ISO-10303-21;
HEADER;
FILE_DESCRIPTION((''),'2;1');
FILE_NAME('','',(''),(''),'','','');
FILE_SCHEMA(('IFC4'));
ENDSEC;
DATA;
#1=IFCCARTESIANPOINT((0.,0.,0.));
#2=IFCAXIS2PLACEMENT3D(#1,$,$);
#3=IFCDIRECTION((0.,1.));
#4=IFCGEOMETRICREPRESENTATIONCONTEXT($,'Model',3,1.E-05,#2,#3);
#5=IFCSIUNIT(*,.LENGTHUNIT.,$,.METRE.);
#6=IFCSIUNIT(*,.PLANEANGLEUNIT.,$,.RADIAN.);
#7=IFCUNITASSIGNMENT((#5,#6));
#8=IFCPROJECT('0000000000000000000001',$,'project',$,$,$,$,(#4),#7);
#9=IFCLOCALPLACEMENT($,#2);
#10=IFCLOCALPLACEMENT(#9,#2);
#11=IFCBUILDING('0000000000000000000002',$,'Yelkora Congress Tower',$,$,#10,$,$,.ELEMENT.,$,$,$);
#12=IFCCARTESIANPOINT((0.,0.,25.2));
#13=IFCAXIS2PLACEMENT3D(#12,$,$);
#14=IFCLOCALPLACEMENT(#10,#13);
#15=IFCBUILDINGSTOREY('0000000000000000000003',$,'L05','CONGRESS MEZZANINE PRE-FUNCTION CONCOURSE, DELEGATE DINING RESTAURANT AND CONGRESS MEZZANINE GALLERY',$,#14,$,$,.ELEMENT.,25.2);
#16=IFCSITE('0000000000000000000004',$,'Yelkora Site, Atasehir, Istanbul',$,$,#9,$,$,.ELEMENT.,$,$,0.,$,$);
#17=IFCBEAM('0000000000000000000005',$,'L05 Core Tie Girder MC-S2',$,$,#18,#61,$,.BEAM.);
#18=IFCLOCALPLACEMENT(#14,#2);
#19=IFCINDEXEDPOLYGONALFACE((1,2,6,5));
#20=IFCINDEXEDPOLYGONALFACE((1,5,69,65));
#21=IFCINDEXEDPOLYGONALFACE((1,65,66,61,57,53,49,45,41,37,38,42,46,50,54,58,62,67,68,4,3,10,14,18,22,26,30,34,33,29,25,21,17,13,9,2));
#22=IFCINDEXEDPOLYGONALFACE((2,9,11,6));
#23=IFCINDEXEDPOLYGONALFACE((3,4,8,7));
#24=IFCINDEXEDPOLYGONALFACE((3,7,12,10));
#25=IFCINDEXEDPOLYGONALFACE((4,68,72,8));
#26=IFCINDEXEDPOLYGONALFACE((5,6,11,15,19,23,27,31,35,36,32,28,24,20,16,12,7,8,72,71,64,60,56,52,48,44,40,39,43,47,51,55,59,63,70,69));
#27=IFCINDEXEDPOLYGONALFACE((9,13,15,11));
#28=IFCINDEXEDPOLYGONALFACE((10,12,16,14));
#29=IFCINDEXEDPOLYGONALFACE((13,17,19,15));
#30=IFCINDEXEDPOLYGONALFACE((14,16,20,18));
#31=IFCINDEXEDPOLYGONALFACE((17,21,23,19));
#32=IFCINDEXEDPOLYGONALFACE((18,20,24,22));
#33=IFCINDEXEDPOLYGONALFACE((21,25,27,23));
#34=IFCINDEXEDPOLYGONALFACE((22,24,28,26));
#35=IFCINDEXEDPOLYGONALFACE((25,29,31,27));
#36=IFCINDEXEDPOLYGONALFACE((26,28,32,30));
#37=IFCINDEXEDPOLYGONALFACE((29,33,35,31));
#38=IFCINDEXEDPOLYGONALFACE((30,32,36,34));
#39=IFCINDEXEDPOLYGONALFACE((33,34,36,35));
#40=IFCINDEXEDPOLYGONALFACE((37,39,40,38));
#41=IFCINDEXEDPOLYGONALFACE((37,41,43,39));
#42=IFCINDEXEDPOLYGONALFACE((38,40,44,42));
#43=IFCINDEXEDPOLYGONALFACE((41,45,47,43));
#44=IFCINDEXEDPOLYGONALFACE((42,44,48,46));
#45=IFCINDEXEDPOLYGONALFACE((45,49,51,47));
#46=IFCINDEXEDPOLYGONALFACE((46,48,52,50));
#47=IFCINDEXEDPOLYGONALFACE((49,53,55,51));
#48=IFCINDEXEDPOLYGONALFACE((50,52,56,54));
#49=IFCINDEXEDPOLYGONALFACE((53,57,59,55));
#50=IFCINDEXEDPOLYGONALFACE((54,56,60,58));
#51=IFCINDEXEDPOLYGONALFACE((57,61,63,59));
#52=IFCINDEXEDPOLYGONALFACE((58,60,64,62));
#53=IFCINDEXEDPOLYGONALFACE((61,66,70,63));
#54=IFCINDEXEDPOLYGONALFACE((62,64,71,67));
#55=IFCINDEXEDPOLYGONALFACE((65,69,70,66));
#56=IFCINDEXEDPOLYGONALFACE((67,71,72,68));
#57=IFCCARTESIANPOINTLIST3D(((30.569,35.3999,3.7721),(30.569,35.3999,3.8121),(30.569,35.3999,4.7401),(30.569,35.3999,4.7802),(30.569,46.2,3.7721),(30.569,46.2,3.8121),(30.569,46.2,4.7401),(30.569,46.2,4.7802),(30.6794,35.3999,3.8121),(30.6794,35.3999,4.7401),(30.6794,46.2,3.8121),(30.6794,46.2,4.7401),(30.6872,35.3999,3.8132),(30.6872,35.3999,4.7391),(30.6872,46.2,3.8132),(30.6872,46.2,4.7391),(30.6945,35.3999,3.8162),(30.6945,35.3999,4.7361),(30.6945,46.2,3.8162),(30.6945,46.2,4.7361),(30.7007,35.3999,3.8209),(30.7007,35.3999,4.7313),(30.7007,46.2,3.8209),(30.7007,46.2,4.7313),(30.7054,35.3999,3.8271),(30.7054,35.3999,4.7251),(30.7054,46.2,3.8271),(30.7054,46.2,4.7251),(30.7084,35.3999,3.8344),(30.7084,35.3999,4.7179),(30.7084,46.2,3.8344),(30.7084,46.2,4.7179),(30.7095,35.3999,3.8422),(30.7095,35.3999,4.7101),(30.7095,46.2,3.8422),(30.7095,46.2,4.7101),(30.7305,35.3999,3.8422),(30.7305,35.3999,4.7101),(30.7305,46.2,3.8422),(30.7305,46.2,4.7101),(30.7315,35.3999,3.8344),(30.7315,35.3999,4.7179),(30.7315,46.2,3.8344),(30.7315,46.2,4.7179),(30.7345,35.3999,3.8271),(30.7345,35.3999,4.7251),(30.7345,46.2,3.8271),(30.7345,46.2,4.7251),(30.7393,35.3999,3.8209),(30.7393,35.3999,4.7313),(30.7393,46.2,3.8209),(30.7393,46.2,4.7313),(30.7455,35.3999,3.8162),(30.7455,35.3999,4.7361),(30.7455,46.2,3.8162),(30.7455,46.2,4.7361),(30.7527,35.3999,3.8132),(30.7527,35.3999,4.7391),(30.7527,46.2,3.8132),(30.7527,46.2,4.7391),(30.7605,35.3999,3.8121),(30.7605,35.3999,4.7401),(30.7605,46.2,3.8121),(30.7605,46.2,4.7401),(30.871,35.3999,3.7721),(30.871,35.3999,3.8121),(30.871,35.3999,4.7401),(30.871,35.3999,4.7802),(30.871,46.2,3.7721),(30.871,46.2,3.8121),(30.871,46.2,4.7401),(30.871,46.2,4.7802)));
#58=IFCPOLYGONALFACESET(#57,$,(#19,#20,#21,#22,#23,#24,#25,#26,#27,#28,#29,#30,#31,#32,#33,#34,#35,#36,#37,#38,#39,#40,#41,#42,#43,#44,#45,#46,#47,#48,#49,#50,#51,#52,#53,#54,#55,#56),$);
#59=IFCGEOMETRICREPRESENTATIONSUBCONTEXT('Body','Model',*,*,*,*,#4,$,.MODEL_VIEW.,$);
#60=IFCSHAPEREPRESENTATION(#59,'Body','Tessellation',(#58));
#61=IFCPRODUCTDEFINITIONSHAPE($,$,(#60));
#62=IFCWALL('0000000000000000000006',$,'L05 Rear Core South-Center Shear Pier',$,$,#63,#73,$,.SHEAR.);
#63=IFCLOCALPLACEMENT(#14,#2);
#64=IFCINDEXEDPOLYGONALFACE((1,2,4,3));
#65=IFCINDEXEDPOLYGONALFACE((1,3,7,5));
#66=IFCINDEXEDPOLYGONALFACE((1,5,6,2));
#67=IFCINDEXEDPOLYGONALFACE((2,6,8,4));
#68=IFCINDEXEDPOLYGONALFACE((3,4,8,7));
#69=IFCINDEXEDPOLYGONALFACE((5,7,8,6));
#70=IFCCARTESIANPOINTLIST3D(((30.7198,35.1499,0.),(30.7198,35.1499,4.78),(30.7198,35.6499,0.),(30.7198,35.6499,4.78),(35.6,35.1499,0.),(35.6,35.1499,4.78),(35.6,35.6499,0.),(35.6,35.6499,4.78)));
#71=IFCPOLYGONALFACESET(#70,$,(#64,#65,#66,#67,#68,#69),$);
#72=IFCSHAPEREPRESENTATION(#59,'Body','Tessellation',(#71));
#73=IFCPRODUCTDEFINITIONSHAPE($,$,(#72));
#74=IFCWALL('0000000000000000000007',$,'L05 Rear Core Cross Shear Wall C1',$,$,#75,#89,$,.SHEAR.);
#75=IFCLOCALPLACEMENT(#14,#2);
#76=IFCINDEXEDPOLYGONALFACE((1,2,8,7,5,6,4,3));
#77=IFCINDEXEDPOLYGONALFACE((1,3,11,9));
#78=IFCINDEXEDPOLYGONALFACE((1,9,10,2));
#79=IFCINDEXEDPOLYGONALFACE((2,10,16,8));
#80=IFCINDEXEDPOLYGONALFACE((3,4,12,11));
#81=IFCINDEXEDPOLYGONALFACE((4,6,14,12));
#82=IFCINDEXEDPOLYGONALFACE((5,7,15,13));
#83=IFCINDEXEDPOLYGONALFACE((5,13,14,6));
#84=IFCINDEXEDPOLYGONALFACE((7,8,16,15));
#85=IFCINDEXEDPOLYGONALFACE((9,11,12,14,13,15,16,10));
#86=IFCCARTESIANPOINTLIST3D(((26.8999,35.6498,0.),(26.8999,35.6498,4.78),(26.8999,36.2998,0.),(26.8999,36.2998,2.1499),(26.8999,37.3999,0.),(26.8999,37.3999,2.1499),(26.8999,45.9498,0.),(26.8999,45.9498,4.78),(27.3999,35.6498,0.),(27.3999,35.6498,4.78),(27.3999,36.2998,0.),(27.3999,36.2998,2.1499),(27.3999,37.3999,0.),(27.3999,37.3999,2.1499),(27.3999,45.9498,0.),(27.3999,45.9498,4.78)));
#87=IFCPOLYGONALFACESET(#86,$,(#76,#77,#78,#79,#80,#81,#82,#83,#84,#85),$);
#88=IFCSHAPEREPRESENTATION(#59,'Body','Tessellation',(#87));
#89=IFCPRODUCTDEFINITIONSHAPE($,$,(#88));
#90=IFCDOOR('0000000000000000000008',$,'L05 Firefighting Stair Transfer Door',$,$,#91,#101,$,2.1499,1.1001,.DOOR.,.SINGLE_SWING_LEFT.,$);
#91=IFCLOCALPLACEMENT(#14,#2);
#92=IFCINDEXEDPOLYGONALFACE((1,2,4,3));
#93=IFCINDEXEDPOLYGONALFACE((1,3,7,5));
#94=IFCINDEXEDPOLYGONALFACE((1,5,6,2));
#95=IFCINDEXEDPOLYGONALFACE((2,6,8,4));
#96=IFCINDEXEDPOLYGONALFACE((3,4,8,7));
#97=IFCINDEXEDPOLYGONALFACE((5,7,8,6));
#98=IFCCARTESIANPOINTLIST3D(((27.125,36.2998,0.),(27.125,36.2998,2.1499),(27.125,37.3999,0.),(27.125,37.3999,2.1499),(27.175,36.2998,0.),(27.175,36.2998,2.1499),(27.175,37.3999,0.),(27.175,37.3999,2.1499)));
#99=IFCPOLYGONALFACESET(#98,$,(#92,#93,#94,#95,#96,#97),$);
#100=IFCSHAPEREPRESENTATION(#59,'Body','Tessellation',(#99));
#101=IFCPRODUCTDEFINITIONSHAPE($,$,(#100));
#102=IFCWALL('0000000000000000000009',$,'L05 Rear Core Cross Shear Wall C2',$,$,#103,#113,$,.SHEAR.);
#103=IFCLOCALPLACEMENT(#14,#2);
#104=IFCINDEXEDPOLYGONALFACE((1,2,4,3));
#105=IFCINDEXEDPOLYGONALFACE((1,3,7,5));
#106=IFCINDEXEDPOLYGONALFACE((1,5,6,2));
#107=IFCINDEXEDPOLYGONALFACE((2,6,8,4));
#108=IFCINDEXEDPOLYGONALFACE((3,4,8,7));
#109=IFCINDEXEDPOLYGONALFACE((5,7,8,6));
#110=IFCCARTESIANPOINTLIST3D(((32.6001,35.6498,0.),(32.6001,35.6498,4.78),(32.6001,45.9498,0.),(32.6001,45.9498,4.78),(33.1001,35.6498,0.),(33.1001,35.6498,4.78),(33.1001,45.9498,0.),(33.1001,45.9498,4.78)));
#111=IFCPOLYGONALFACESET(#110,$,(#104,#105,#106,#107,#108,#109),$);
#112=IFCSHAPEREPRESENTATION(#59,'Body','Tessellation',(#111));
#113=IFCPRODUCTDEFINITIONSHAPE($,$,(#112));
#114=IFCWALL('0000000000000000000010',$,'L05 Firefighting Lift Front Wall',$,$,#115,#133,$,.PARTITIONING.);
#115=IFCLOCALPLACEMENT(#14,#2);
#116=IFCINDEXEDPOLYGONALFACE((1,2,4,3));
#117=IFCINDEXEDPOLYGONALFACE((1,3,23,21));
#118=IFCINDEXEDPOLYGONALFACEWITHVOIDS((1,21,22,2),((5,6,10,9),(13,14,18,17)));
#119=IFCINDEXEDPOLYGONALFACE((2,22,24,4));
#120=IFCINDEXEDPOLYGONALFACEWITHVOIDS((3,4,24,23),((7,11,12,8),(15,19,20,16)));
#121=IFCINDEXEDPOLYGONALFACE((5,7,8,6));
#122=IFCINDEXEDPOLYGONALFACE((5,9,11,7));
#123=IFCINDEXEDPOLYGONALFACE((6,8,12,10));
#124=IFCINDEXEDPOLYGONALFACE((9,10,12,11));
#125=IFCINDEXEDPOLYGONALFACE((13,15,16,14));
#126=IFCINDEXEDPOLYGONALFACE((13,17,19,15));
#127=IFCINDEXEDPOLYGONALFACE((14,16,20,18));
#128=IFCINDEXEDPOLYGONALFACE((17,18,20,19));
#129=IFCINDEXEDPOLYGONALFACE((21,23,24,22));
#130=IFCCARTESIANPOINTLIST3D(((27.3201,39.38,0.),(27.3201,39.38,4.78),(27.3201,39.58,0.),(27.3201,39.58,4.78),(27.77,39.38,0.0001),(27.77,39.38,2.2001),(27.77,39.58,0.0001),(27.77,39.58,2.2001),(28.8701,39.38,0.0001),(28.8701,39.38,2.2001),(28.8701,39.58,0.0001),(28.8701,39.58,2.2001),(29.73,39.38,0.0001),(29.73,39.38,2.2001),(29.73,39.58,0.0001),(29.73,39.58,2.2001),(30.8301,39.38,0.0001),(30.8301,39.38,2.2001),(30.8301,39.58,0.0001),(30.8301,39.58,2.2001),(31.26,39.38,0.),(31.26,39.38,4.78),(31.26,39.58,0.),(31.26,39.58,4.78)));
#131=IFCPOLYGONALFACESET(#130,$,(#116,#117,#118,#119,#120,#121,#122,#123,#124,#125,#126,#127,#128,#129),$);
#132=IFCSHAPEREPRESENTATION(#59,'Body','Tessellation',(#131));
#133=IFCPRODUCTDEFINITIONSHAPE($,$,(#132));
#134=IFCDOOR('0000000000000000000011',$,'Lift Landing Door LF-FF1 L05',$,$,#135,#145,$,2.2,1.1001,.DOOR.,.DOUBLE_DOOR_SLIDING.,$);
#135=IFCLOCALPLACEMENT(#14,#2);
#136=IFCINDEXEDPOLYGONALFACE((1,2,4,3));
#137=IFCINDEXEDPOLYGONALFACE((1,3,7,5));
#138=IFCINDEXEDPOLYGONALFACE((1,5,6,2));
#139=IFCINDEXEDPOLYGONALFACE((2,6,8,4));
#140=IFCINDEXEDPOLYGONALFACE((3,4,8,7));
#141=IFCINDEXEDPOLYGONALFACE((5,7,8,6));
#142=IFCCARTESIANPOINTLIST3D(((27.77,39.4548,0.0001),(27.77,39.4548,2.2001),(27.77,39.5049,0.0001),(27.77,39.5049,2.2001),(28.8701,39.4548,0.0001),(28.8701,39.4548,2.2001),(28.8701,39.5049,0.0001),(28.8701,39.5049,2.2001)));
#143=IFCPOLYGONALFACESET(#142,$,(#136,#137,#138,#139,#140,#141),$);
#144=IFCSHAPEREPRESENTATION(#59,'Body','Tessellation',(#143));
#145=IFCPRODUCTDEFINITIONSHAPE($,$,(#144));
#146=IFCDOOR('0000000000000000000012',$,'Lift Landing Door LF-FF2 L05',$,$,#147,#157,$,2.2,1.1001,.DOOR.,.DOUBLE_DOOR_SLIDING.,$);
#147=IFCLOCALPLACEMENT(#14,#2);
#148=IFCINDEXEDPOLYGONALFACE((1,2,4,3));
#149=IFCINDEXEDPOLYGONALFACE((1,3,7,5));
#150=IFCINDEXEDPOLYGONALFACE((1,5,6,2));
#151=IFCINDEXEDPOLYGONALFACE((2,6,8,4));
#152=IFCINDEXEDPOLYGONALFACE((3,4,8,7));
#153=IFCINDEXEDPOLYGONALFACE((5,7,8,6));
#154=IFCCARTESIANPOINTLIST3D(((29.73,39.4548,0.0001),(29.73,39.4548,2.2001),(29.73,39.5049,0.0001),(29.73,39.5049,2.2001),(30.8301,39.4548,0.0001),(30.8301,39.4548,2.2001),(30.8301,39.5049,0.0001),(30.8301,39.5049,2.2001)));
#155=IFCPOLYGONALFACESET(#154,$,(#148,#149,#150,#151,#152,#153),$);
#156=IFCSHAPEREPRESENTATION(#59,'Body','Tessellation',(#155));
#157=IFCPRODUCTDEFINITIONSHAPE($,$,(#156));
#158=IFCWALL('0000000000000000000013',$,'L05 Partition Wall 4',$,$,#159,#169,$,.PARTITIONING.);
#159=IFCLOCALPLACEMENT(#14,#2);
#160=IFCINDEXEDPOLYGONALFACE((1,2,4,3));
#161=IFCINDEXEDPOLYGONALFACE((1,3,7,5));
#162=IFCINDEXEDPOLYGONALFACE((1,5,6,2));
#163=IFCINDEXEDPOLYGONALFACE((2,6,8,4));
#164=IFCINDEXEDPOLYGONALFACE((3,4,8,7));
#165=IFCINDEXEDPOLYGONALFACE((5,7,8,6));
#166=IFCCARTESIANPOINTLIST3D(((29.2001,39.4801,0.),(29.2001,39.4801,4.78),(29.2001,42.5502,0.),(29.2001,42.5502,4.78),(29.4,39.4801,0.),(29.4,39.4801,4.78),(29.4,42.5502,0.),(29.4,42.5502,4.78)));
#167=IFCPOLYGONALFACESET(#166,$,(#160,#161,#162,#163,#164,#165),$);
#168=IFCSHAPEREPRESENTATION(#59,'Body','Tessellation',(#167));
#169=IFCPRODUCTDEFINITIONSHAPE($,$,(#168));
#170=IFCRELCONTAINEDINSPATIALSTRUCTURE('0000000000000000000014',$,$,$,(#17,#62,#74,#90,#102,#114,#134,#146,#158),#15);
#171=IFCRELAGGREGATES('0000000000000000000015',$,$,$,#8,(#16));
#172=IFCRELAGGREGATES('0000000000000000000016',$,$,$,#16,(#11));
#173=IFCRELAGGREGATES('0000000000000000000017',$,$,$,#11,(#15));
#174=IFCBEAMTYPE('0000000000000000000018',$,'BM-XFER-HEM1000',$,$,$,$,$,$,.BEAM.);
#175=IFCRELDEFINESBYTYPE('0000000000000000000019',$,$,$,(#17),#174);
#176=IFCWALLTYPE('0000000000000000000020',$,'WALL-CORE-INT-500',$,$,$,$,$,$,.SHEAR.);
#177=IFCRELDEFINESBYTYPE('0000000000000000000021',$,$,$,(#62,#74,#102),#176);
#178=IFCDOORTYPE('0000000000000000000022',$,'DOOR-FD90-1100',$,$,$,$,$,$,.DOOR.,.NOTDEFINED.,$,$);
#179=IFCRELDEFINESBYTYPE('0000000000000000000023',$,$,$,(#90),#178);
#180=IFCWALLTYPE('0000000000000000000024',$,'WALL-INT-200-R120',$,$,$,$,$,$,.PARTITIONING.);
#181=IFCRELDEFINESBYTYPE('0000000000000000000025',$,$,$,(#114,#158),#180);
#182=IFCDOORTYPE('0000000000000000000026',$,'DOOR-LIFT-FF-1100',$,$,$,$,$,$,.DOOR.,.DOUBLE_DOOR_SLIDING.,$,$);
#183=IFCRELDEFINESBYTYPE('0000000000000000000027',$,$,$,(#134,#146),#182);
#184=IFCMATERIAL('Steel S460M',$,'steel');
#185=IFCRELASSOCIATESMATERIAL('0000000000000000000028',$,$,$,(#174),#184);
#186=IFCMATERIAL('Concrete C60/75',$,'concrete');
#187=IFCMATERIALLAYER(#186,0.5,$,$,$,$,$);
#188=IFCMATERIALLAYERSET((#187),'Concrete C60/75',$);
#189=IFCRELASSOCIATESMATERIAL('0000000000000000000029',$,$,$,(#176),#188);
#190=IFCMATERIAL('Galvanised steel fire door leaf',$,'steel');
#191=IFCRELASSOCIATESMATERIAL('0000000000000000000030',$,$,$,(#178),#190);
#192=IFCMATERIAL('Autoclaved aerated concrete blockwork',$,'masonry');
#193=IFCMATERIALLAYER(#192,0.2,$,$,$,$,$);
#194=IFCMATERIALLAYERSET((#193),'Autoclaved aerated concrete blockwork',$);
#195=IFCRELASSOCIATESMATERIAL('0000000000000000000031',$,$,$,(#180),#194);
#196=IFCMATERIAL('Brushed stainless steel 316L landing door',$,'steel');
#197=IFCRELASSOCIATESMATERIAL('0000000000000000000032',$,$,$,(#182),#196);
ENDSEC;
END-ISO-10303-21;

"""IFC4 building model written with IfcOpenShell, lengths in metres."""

from ifc_helpers import new_model, si_unit, direction, frame, frame_2d, origin, origin_2d, place, context, subcontext, project, spatial, rectangle, i_section, extrude, material, layer, layer_set, material_profile, profile_set, type_object, element, fill, save


model = new_model("IFC4")

# Units and contexts
model_context = context("Model", 3, precision=1e-05, world=origin(), true_north=direction((0.0, 1.0)))
body_context = subcontext(model_context, "Body", "Model", "MODEL_VIEW")
ifc_project = project(units=[si_unit("LENGTHUNIT", "METRE"), si_unit("PLANEANGLEUNIT", "RADIAN")], contexts=[model_context])

# Site, building, storey
site_placement = place(None, origin())
site = spatial("IfcSite", under=ifc_project, at=site_placement, Name="Yelkora Site, Atasehir, Istanbul", CompositionType="ELEMENT", RefElevation=0.0)
building_placement = place(site_placement, origin())
building = spatial("IfcBuilding", under=site, at=building_placement, Name="Yelkora Congress Tower", CompositionType="ELEMENT")
storey_placement = place(building_placement, frame((0.0, 0.0, 25.2)))
storey = spatial("IfcBuildingStorey", under=building, at=storey_placement, Name="L05", Description="CONGRESS MEZZANINE PRE-FUNCTION CONCOURSE, DELEGATE DINING RESTAURANT AND CONGRESS MEZZANINE GALLERY", CompositionType="ELEMENT", Elevation=25.2)

# Shared definitions
ifc_material_1 = material(Name="Concrete C60/75", Category="concrete")

# Beam
ifc_material_2 = material(Name="Steel S460M", Category="steel")
ifc_material_profile_1 = material_profile(ifc_material_2, i_section(OverallWidth=0.302, OverallDepth=1.0081, WebThickness=0.021, FlangeThickness=0.04, FilletRadius=0.03, at=origin_2d()), Name="HEM 1000")
ifc_profile_set_1 = profile_set([ifc_material_profile_1], Name="Steel S460M")
beam_type = type_object("IfcBeamType", Name="BM-XFER-HEM1000", PredefinedType="BEAM", material=ifc_profile_set_1)
beam_1_placement = place(storey_placement, frame((30.72, 35.3999, 4.2761), z_axis=(0.0, 1.0, 0.0), x_axis=(-1.0, 0.0, 0.0)))
element("IfcBeam", 1, at=beam_1_placement, inside=storey, type_object=beam_type, Name="L05 Core Tie Girder MC-S2", PredefinedType="BEAM", context=body_context, shape_type="SweptSolid", body=[
    extrude(i_section(OverallWidth=0.302, OverallDepth=1.0081, WebThickness=0.021, FlangeThickness=0.04, FilletRadius=0.03, at=origin_2d()), origin(), (0.0, 0.0, 1.0), 10.8),
])

# Wall
ifc_layer_1 = layer(ifc_material_1, 0.5)
ifc_layer_set_1 = layer_set([ifc_layer_1], Name="Concrete C60/75")
wall_type_1 = type_object("IfcWallType", Name="WALL-CORE-INT-500", PredefinedType="SHEAR", material=ifc_layer_set_1)
wall_1_placement = place(storey_placement, frame((30.72, 35.3999, 0.0), z_axis=(0.0, 0.0, 1.0), x_axis=(1.0, 0.0, 0.0)))
element("IfcWall", 2, at=wall_1_placement, inside=storey, type_object=wall_type_1, Name="L05 Rear Core South-Center Shear Pier", PredefinedType="SHEAR", context=body_context, shape_type="SweptSolid", body=[
    extrude(rectangle(XDim=4.8801, YDim=0.5, at=frame_2d((2.4399, 0.0))), origin(), (0.0, 0.0, 1.0), 4.78),
])

# Wall, opening, door
wall_2_placement = place(storey_placement, frame((27.1499, 35.6499, 0.0), z_axis=(0.0, 0.0, 1.0), x_axis=(0.0, 1.0, 0.0)))
wall_2 = element("IfcWall", 3, at=wall_2_placement, inside=storey, type_object=wall_type_1, Name="L05 Rear Core Cross Shear Wall C1", PredefinedType="SHEAR", context=body_context, shape_type="SweptSolid", body=[
    extrude(rectangle(XDim=10.3, YDim=0.5, at=frame_2d((5.1499, 0.0))), origin(), (0.0, 0.0, 1.0), 4.78),
])
opening_1_placement = place(wall_2_placement, frame((0.6499, 0.0, 0.0)))
opening_1 = element("IfcOpeningElement", 4, at=opening_1_placement, cuts=wall_2, PredefinedType="OPENING", context=body_context, shape_type="SweptSolid", body=[
    extrude(rectangle(XDim=1.1001, YDim=2.1499, at=frame_2d((0.55, 1.075))), frame((0.0, 0.26, 0.0), z_axis=(0.0, -1.0, 0.0), x_axis=(1.0, 0.0, 0.0)), (0.0, 0.0, 1.0), 0.52),
])
ifc_material_3 = material(Name="Galvanised steel fire door leaf", Category="steel")
door_type_1 = type_object("IfcDoorType", Name="DOOR-FD90-1100", OperationType="NOTDEFINED", PredefinedType="DOOR", material=ifc_material_3)
door_1_placement = place(opening_1_placement, origin())
door_1 = element("IfcDoor", 5, at=door_1_placement, inside=storey, type_object=door_type_1, Name="L05 Firefighting Stair Transfer Door", OperationType="SINGLE_SWING_LEFT", OverallHeight=2.1499, OverallWidth=1.1001, PredefinedType="DOOR", context=body_context, shape_type="SweptSolid", body=[
    extrude(rectangle(XDim=1.1001, YDim=2.1499, at=frame_2d((0.55, 1.075))), frame((0.0, 0.0249, 0.0), z_axis=(0.0, -1.0, 0.0), x_axis=(1.0, 0.0, 0.0)), (0.0, 0.0, 1.0), 0.05),
])
fill(opening_1, door_1)

# Wall
wall_3_placement = place(storey_placement, frame((32.8501, 35.6499, 0.0), z_axis=(0.0, 0.0, 1.0), x_axis=(0.0, 1.0, 0.0)))
element("IfcWall", 6, at=wall_3_placement, inside=storey, type_object=wall_type_1, Name="L05 Rear Core Cross Shear Wall C2", PredefinedType="SHEAR", context=body_context, shape_type="SweptSolid", body=[
    extrude(rectangle(XDim=10.3, YDim=0.5, at=frame_2d((5.1499, 0.0))), origin(), (0.0, 0.0, 1.0), 4.78),
])

# Shared definitions
ifc_material_4 = material(Name="Autoclaved aerated concrete blockwork", Category="masonry")
ifc_layer_2 = layer(ifc_material_4, 0.2)
ifc_layer_set_2 = layer_set([ifc_layer_2], Name="Autoclaved aerated concrete blockwork")
wall_type_2 = type_object("IfcWallType", Name="WALL-INT-200-R120", PredefinedType="PARTITIONING", material=ifc_layer_set_2)

# Wall, openings, doors
wall_4_placement = place(storey_placement, frame((27.3201, 39.48, 0.0), z_axis=(0.0, 0.0, 1.0), x_axis=(1.0, 0.0, 0.0)))
wall_4 = element("IfcWall", 7, at=wall_4_placement, inside=storey, type_object=wall_type_2, Name="L05 Firefighting Lift Front Wall", PredefinedType="PARTITIONING", context=body_context, shape_type="SweptSolid", body=[
    extrude(rectangle(XDim=3.9399, YDim=0.2, at=frame_2d((1.97, 0.0))), origin(), (0.0, 0.0, 1.0), 4.78),
])
opening_2_placement = place(wall_4_placement, frame((0.45, 0.0, 0.0)))
opening_2 = element("IfcOpeningElement", 8, at=opening_2_placement, cuts=wall_4, PredefinedType="OPENING", context=body_context, shape_type="SweptSolid", body=[
    extrude(rectangle(XDim=1.1001, YDim=2.2, at=frame_2d((0.55, 1.1001))), frame((0.0, 0.1099, 0.0), z_axis=(0.0, -1.0, 0.0), x_axis=(1.0, 0.0, 0.0)), (0.0, 0.0, 1.0), 0.22),
])
opening_3_placement = place(wall_4_placement, frame((2.4099, 0.0, 0.0)))
opening_3 = element("IfcOpeningElement", 9, at=opening_3_placement, cuts=wall_4, PredefinedType="OPENING", context=body_context, shape_type="SweptSolid", body=[
    extrude(rectangle(XDim=1.1001, YDim=2.2, at=frame_2d((0.55, 1.1001))), frame((0.0, 0.1099, 0.0), z_axis=(0.0, -1.0, 0.0), x_axis=(1.0, 0.0, 0.0)), (0.0, 0.0, 1.0), 0.22),
])
ifc_material_5 = material(Name="Brushed stainless steel 316L landing door", Category="steel")
door_type_2 = type_object("IfcDoorType", Name="DOOR-LIFT-FF-1100", OperationType="DOUBLE_DOOR_SLIDING", PredefinedType="DOOR", material=ifc_material_5)
door_2_placement = place(opening_2_placement, origin())
door_2 = element("IfcDoor", 10, at=door_2_placement, inside=storey, type_object=door_type_2, Name="Lift Landing Door LF-FF1 L05", OperationType="DOUBLE_DOOR_SLIDING", OverallHeight=2.2, OverallWidth=1.1001, PredefinedType="DOOR", context=body_context, shape_type="SweptSolid", body=[
    extrude(rectangle(XDim=1.1001, YDim=2.2, at=frame_2d((0.55, 1.1001))), frame((0.0, 0.0249, 0.0), z_axis=(0.0, -1.0, 0.0), x_axis=(1.0, 0.0, 0.0)), (0.0, 0.0, 1.0), 0.05),
])
fill(opening_2, door_2)
door_3_placement = place(opening_3_placement, origin())
door_3 = element("IfcDoor", 11, at=door_3_placement, inside=storey, type_object=door_type_2, Name="Lift Landing Door LF-FF2 L05", OperationType="DOUBLE_DOOR_SLIDING", OverallHeight=2.2, OverallWidth=1.1001, PredefinedType="DOOR", context=body_context, shape_type="SweptSolid", body=[
    extrude(rectangle(XDim=1.1001, YDim=2.2, at=frame_2d((0.55, 1.1001))), frame((0.0, 0.0249, 0.0), z_axis=(0.0, -1.0, 0.0), x_axis=(1.0, 0.0, 0.0)), (0.0, 0.0, 1.0), 0.05),
])
fill(opening_3, door_3)

# Wall
wall_5_placement = place(storey_placement, frame((29.3, 39.48, 0.0), z_axis=(0.0, 0.0, 1.0), x_axis=(0.0, 1.0, 0.0)))
element("IfcWall", 12, at=wall_5_placement, inside=storey, type_object=wall_type_2, Name="L05 Partition Wall 4", PredefinedType="PARTITIONING", context=body_context, shape_type="SweptSolid", body=[
    extrude(rectangle(XDim=3.0701, YDim=0.2, at=frame_2d((1.5352, 0.0))), origin(), (0.0, 0.0, 1.0), 4.78),
])

save(model, "model.ifc")
